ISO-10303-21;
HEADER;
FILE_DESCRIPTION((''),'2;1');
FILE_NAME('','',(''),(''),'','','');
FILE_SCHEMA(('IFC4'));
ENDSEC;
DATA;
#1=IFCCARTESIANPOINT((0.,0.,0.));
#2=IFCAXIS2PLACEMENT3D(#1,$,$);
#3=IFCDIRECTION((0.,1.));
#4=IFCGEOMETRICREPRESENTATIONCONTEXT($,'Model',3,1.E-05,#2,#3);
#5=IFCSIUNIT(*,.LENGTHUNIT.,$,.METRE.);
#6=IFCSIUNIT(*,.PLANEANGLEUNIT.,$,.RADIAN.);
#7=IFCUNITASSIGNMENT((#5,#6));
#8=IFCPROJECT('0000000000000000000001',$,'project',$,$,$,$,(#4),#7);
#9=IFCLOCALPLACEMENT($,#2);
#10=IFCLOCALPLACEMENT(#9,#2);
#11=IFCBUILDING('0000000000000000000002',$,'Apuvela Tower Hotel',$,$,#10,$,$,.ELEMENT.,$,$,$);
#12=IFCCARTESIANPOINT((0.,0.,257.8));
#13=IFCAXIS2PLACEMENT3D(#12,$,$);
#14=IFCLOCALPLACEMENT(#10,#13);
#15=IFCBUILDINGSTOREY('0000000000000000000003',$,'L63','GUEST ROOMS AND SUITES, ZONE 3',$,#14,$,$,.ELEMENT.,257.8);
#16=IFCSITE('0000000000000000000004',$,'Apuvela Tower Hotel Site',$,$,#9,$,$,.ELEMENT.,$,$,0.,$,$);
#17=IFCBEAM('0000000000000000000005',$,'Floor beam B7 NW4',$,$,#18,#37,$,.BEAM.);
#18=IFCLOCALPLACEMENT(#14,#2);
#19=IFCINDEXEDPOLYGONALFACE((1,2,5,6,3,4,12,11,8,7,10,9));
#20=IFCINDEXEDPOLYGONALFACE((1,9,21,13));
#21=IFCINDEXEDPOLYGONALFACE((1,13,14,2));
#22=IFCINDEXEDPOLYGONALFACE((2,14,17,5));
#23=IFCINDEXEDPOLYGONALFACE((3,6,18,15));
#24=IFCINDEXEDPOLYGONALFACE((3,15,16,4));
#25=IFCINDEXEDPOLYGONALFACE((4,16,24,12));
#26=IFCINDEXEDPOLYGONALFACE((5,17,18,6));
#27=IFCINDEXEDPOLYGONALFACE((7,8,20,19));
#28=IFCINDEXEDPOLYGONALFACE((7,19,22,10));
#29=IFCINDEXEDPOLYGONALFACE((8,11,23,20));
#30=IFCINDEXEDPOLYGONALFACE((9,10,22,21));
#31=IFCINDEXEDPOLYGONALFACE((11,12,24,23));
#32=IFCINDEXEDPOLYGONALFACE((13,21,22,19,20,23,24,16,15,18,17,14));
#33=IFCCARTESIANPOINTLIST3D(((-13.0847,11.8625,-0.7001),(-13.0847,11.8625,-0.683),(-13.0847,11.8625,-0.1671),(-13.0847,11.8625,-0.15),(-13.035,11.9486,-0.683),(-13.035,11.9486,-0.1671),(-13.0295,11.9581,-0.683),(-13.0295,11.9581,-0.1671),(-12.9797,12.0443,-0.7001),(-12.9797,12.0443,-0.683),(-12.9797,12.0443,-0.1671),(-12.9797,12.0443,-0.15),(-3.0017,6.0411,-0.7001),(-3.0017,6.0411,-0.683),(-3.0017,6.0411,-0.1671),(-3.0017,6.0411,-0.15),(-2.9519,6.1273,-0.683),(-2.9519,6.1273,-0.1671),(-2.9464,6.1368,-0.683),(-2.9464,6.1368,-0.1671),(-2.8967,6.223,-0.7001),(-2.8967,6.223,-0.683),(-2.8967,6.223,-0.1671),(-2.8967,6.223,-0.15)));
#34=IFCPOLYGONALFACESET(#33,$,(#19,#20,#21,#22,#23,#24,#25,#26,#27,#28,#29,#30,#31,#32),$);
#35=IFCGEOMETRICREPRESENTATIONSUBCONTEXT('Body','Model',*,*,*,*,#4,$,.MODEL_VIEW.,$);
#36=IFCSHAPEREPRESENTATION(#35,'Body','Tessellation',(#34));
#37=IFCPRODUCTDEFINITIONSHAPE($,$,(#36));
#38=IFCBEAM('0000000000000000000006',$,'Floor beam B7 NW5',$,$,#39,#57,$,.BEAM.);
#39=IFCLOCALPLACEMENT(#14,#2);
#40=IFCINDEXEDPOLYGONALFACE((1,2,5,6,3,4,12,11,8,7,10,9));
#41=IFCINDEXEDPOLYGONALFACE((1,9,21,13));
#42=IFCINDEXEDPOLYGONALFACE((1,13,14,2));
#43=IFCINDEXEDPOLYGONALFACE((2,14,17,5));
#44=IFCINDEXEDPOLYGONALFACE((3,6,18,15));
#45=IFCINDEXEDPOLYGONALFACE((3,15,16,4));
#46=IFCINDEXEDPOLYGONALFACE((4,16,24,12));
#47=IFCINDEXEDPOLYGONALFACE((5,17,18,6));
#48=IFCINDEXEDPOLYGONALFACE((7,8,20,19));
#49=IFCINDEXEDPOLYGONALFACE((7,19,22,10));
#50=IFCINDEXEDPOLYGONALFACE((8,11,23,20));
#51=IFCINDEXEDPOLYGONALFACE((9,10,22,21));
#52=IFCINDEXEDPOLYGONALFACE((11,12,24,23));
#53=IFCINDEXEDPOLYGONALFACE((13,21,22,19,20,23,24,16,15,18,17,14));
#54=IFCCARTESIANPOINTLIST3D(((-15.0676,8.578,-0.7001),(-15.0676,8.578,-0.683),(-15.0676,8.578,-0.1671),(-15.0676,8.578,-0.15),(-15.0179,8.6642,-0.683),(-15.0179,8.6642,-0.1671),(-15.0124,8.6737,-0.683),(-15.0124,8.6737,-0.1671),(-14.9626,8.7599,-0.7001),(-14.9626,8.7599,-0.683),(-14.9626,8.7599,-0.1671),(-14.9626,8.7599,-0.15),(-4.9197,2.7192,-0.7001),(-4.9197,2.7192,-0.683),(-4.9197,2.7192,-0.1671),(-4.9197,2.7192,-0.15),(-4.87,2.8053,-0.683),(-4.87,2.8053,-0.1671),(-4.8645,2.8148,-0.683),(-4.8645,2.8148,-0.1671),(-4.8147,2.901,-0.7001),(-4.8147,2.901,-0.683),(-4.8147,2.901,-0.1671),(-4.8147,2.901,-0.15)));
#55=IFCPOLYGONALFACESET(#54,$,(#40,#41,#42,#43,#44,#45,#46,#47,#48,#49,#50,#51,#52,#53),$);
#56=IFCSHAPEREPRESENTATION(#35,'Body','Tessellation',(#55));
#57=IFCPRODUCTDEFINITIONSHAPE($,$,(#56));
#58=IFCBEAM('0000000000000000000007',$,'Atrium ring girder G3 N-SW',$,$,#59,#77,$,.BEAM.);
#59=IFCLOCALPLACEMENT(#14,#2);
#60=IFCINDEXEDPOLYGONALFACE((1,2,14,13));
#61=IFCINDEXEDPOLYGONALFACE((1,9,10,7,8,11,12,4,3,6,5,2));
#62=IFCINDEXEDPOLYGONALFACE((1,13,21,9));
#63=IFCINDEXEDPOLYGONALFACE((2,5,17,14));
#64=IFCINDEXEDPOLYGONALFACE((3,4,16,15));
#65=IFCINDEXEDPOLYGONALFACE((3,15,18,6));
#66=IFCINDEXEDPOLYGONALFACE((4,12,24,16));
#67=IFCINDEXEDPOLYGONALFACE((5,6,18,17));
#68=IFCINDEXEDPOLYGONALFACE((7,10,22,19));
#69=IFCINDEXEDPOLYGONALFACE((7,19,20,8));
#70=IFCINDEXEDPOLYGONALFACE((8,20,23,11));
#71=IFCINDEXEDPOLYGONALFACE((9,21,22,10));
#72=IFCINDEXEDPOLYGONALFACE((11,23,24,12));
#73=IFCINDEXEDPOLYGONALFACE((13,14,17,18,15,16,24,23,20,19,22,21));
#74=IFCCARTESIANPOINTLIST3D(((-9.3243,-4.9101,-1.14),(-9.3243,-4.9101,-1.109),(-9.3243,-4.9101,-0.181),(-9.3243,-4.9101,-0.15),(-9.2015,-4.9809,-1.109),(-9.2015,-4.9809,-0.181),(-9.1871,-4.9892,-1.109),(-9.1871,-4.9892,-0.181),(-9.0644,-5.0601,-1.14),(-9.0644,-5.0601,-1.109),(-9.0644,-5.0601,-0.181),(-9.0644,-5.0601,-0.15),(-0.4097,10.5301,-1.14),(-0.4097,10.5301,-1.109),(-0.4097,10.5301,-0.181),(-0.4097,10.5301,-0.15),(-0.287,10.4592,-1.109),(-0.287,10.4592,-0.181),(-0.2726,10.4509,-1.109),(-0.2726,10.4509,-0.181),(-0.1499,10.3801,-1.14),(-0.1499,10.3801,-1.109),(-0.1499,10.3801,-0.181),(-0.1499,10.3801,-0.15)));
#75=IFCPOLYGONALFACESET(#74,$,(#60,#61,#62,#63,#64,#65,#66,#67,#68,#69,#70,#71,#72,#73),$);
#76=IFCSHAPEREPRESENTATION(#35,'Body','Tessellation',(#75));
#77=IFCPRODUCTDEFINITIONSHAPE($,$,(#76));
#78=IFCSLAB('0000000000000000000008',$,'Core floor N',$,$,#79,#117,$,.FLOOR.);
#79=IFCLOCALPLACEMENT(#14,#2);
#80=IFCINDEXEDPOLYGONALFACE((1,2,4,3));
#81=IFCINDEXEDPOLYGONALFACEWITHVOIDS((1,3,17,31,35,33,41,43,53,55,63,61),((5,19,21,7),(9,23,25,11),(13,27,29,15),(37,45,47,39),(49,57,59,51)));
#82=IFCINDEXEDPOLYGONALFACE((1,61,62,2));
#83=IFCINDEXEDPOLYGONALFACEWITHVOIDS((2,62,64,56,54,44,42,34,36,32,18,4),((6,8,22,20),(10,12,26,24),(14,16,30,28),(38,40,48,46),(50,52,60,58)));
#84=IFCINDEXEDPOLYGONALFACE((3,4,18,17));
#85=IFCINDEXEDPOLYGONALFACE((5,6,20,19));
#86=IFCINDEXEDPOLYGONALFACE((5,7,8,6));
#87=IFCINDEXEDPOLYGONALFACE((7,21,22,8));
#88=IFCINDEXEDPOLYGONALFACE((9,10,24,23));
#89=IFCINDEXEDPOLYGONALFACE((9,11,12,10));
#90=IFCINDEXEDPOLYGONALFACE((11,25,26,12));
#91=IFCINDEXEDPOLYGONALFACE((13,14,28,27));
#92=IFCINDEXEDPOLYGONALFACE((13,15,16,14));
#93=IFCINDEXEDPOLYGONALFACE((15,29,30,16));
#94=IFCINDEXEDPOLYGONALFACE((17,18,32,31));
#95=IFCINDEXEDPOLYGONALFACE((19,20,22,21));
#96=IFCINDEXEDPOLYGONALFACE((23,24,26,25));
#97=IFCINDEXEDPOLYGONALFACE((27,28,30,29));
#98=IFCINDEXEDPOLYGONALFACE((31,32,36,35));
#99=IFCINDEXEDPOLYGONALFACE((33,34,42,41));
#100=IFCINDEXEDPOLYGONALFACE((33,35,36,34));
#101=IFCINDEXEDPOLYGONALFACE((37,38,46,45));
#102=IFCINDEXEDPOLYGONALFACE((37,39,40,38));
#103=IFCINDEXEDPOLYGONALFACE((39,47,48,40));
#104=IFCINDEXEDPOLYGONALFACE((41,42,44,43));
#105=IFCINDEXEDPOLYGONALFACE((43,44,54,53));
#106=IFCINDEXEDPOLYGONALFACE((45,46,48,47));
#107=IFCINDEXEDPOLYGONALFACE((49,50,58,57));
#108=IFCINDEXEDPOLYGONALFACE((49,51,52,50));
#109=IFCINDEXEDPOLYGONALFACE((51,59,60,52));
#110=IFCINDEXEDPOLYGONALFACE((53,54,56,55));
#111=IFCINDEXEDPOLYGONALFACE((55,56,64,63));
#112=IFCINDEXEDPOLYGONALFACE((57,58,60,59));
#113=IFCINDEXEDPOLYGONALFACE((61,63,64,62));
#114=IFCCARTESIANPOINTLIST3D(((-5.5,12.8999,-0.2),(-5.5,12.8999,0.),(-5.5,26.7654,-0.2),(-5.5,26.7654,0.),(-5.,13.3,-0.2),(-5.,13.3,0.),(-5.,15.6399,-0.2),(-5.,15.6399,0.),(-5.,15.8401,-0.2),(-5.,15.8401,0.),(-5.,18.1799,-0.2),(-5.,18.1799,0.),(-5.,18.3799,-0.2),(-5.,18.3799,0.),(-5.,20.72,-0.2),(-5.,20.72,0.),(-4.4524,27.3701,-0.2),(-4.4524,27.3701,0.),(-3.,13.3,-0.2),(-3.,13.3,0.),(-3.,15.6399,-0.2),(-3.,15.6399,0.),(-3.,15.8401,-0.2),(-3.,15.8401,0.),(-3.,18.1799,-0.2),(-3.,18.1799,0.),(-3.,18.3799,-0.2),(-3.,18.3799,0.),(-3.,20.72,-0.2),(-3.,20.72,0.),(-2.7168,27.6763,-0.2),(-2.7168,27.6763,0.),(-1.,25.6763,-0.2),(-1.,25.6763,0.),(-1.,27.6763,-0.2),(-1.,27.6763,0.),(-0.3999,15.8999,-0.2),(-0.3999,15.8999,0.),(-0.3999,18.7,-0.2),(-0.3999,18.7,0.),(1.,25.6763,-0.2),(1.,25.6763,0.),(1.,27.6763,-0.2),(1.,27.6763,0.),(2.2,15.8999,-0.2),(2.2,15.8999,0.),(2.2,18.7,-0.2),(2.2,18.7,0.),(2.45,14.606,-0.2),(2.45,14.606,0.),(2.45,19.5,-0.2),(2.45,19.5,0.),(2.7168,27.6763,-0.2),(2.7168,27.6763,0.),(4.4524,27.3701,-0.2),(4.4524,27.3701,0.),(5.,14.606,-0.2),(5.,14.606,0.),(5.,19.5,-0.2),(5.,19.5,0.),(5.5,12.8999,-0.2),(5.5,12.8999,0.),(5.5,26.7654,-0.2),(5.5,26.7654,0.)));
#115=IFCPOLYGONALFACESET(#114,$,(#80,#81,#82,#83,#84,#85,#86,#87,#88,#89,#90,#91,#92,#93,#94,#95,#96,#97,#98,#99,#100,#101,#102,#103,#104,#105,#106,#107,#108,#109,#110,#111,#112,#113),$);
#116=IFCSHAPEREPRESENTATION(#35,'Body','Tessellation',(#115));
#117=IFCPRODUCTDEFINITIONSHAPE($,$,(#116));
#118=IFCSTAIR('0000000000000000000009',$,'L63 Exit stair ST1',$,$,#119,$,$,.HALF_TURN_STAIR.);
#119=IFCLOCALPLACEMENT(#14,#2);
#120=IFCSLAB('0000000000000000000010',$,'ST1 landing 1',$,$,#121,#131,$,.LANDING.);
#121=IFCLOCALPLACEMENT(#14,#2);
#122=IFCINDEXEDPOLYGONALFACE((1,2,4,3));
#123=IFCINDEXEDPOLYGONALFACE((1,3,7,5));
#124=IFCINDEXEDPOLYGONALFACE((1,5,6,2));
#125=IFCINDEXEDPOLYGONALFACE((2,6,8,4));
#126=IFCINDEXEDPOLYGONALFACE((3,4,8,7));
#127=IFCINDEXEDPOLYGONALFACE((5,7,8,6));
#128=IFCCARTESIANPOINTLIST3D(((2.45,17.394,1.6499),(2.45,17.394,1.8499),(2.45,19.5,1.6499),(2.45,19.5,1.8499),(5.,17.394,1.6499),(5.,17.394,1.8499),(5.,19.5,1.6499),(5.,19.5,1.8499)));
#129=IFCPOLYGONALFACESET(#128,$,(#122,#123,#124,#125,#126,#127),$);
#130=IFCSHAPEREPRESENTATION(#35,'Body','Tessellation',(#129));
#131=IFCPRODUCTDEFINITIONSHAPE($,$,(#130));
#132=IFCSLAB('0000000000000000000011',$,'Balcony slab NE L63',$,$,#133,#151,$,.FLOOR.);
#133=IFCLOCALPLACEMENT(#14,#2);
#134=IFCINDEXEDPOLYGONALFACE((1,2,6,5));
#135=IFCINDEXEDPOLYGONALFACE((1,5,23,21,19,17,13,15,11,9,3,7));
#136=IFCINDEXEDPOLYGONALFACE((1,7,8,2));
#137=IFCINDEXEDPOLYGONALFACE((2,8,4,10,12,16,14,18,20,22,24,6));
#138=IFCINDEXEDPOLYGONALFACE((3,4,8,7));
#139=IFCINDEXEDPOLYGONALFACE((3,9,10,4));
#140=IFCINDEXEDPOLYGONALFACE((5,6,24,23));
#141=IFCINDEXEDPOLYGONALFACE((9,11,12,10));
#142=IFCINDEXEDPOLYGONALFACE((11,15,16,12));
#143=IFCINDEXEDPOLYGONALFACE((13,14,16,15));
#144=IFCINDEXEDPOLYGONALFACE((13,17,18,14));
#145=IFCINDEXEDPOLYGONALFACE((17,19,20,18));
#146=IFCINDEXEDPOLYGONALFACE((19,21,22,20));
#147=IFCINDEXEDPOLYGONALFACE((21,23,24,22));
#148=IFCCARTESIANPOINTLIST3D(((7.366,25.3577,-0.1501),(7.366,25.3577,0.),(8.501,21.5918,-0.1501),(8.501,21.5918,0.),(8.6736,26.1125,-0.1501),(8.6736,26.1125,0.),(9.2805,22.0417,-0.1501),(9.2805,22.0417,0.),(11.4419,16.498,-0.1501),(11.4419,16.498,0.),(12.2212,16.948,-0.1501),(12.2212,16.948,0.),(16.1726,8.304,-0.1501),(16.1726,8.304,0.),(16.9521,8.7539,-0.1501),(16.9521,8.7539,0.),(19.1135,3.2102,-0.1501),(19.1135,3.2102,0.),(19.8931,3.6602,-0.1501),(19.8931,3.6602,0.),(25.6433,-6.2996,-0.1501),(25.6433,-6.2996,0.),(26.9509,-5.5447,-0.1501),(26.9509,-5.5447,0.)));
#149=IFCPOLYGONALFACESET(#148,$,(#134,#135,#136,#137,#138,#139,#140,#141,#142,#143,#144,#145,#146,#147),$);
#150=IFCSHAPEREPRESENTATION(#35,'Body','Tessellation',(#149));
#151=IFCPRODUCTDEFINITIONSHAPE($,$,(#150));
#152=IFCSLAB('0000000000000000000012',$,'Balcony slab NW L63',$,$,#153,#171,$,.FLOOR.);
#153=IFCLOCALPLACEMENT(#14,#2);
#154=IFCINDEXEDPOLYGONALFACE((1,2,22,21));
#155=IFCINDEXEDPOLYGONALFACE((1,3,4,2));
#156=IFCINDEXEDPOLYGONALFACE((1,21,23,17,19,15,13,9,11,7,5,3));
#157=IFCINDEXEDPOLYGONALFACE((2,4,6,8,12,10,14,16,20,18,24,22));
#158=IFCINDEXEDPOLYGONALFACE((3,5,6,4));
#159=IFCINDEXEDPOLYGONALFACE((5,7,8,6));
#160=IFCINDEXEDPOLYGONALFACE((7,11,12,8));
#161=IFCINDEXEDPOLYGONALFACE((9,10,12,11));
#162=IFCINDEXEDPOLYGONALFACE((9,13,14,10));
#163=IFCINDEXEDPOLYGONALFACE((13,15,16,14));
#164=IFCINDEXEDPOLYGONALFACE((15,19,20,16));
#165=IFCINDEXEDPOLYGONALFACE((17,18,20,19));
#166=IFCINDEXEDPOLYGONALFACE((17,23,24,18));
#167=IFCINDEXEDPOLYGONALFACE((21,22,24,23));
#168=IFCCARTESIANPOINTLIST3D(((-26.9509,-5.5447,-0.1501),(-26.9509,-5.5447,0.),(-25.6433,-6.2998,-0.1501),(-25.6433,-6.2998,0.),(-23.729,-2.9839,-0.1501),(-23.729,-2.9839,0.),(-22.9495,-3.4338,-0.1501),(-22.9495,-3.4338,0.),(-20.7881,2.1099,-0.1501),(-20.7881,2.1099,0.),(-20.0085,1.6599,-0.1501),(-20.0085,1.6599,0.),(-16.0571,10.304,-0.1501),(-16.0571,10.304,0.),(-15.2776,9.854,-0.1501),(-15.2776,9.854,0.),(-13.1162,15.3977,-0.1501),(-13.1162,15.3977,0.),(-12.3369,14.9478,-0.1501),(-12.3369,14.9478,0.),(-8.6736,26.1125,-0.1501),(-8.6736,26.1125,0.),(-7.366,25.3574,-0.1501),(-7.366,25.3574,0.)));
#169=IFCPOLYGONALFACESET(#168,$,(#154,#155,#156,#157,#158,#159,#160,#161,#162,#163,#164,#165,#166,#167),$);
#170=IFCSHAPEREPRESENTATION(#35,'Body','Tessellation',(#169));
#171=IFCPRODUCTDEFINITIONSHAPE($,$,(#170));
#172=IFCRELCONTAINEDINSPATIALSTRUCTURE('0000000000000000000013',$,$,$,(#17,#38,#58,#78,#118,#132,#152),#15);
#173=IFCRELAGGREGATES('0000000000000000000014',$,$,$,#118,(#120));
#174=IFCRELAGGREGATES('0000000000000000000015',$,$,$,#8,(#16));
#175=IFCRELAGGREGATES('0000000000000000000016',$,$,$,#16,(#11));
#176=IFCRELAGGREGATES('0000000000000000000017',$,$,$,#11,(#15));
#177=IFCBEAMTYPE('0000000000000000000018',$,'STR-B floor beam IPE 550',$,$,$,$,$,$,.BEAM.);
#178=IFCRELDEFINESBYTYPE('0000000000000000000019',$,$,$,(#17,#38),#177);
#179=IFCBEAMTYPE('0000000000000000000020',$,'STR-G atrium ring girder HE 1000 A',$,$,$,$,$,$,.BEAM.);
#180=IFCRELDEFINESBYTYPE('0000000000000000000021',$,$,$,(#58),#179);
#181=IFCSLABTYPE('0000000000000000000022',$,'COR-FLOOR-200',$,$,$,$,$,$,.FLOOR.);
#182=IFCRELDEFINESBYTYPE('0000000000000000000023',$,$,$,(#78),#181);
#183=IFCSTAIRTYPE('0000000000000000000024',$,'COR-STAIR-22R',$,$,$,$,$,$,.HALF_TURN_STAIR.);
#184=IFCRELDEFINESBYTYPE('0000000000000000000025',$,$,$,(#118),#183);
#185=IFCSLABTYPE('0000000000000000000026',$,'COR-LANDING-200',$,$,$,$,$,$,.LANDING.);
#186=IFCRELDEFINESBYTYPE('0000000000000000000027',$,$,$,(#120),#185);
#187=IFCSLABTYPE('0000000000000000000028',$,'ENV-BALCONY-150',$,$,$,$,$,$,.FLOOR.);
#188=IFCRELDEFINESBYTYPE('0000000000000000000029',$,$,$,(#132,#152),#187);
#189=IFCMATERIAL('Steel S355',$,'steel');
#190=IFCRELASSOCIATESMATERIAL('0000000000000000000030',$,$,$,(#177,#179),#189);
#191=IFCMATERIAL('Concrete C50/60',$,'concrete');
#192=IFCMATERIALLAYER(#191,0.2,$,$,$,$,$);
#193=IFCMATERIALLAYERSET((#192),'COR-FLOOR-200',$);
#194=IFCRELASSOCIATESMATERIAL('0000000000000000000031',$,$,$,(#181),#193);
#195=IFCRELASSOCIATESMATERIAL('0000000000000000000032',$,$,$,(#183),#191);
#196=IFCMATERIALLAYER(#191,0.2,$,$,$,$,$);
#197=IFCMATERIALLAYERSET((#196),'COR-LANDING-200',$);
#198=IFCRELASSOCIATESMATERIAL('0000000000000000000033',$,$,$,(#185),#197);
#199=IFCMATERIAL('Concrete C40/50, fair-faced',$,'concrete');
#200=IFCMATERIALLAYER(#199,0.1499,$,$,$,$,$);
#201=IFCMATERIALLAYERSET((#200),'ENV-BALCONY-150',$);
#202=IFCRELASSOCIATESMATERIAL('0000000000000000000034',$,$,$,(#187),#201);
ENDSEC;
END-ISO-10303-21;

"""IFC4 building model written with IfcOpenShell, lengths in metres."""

from ifc_helpers import new_model, si_unit, direction, frame, origin, origin_2d, place, context, subcontext, project, spatial, polyline, i_section, outline, extrude, material, layer, layer_set, material_profile, profile_set, type_object, element, aggregate, save


model = new_model("IFC4")

# Units and contexts
model_context = context("Model", 3, precision=1e-05, world=origin(), true_north=direction((0.0, 1.0)))
body_context = subcontext(model_context, "Body", "Model", "MODEL_VIEW")
ifc_project = project(units=[si_unit("LENGTHUNIT", "METRE"), si_unit("PLANEANGLEUNIT", "RADIAN")], contexts=[model_context])

# Site, building, storey
site_placement = place(None, origin())
site = spatial("IfcSite", under=ifc_project, at=site_placement, Name="Apuvela Tower Hotel Site", CompositionType="ELEMENT", RefElevation=0.0)
building_placement = place(site_placement, origin())
building = spatial("IfcBuilding", under=site, at=building_placement, Name="Apuvela Tower Hotel", CompositionType="ELEMENT")
storey_placement = place(building_placement, frame((0.0, 0.0, 257.8)))
storey = spatial("IfcBuildingStorey", under=building, at=storey_placement, Name="L63", Description="GUEST ROOMS AND SUITES, ZONE 3", CompositionType="ELEMENT", Elevation=257.8)

# Beams
ifc_material_1 = material(Name="Steel S355", Category="steel")
ifc_material_profile_1 = material_profile(ifc_material_1, i_section(OverallWidth=0.21, OverallDepth=0.55, WebThickness=0.011, FlangeThickness=0.0171, at=origin_2d()), Name="IPE 550")
ifc_profile_set_1 = profile_set([ifc_material_profile_1], Name="Steel S355")
beam_type_1 = type_object("IfcBeamType", Name="STR-B floor beam IPE 550", PredefinedType="BEAM", material=ifc_profile_set_1)
beam_1_placement = place(storey_placement, frame((-13.0322, 11.9534, -0.425), z_axis=(0.866031, -0.499991, 0.0), x_axis=(0.499991, 0.866031, 0.0)))
element("IfcBeam", 1, at=beam_1_placement, inside=storey, type_object=beam_type_1, Name="Floor beam B7 NW4", PredefinedType="BEAM", context=body_context, shape_type="SweptSolid", body=[
    extrude(i_section(OverallWidth=0.21, OverallDepth=0.55, WebThickness=0.011, FlangeThickness=0.0171, at=origin_2d()), origin(), (0.0, 0.0, 1.0), 11.6428),
])
beam_2_placement = place(storey_placement, frame((-15.0151, 8.6689, -0.425), z_axis=(0.866027, -0.499998, 0.0), x_axis=(0.499998, 0.866027, 0.0)))
element("IfcBeam", 2, at=beam_2_placement, inside=storey, type_object=beam_type_1, Name="Floor beam B7 NW5", PredefinedType="BEAM", context=body_context, shape_type="SweptSolid", body=[
    extrude(i_section(OverallWidth=0.21, OverallDepth=0.55, WebThickness=0.011, FlangeThickness=0.0171, at=origin_2d()), origin(), (0.0, 0.0, 1.0), 11.7178),
])
ifc_material_profile_2 = material_profile(ifc_material_1, i_section(OverallWidth=0.3, OverallDepth=0.99, WebThickness=0.0166, FlangeThickness=0.031, at=origin_2d()), Name="HE 1000 A")
ifc_profile_set_2 = profile_set([ifc_material_profile_2], Name="Steel S355")
beam_type_2 = type_object("IfcBeamType", Name="STR-G atrium ring girder HE 1000 A", PredefinedType="BEAM", material=ifc_profile_set_2)
beam_3_placement = place(storey_placement, frame((-0.2798, 10.4551, -0.645), z_axis=(-0.500007, -0.866022, 0.0), x_axis=(0.866022, -0.500007, 0.0)))
element("IfcBeam", 3, at=beam_3_placement, inside=storey, type_object=beam_type_2, Name="Atrium ring girder G3 N-SW", PredefinedType="BEAM", context=body_context, shape_type="SweptSolid", body=[
    extrude(i_section(OverallWidth=0.3, OverallDepth=0.99, WebThickness=0.0166, FlangeThickness=0.031, at=origin_2d()), origin(), (0.0, 0.0, 1.0), 17.8289),
])

# Slab
ifc_material_2 = material(Name="Concrete C50/60", Category="concrete")
ifc_layer_1 = layer(ifc_material_2, 0.2)
ifc_layer_set_1 = layer_set([ifc_layer_1], Name="COR-FLOOR-200")
slab_type_1 = type_object("IfcSlabType", Name="COR-FLOOR-200", PredefinedType="FLOOR", material=ifc_layer_set_1)
slab_1_placement = place(storey_placement, frame((0.0, 0.0, -0.2)))
element("IfcSlab", 4, at=slab_1_placement, inside=storey, type_object=slab_type_1, Name="Core floor N", PredefinedType="FLOOR", context=body_context, shape_type="SweptSolid", body=[
    extrude(outline(polyline([(5.5, 26.7654), (4.4524, 27.3701), (2.7168, 27.6763), (1.0, 27.6763), (1.0, 25.6763), (-1.0, 25.6763), (-1.0, 27.6763), (-2.7168, 27.6763), (-4.4524, 27.3701), (-5.5, 26.7654), (-5.5, 12.8999), (5.5, 12.8999), (5.5, 26.7654)]), holes=[polyline([(-3.0, 13.3), (-5.0, 13.3), (-5.0, 15.6399), (-3.0, 15.6399), (-3.0, 13.3)]), polyline([(-3.0, 15.8401), (-5.0, 15.8401), (-5.0, 18.1799), (-3.0, 18.1799), (-3.0, 15.8401)]), polyline([(5.0, 14.606), (2.45, 14.606), (2.45, 19.5), (5.0, 19.5), (5.0, 14.606)]), polyline([(2.2, 18.7), (2.2, 15.8999), (-0.3999, 15.8999), (-0.3999, 18.7), (2.2, 18.7)]), polyline([(-3.0, 20.72), (-3.0, 18.3799), (-5.0, 18.3799), (-5.0, 20.72), (-3.0, 20.72)])]), origin(), (0.0, 0.0, 1.0), 0.2),
])

# Stair, slab
stair_type = type_object("IfcStairType", Name="COR-STAIR-22R", PredefinedType="HALF_TURN_STAIR", material=ifc_material_2)
stair_placement = place(storey_placement, origin())
stair = element("IfcStair", 5, at=stair_placement, inside=storey, type_object=stair_type, Name="L63 Exit stair ST1", PredefinedType="HALF_TURN_STAIR")
ifc_layer_2 = layer(ifc_material_2, 0.2)
ifc_layer_set_2 = layer_set([ifc_layer_2], Name="COR-LANDING-200")
slab_type_2 = type_object("IfcSlabType", Name="COR-LANDING-200", PredefinedType="LANDING", material=ifc_layer_set_2)
slab_2_placement = place(storey_placement, frame((0.0, 0.0, 1.6499)))
slab_2 = element("IfcSlab", 6, at=slab_2_placement, type_object=slab_type_2, Name="ST1 landing 1", PredefinedType="LANDING", context=body_context, shape_type="SweptSolid", body=[
    extrude(outline(polyline([(5.0, 17.394), (5.0, 19.5), (2.45, 19.5), (2.45, 17.394), (5.0, 17.394)])), origin(), (0.0, 0.0, 1.0), 0.2),
])
aggregate(stair, [slab_2])

# Slabs
ifc_material_3 = material(Name="Concrete C40/50, fair-faced", Category="concrete")
ifc_layer_3 = layer(ifc_material_3, 0.1499)
ifc_layer_set_3 = layer_set([ifc_layer_3], Name="ENV-BALCONY-150")
slab_type_3 = type_object("IfcSlabType", Name="ENV-BALCONY-150", PredefinedType="FLOOR", material=ifc_layer_set_3)
slab_3_placement = place(storey_placement, frame((0.0, 0.0, -0.1501)))
element("IfcSlab", 7, at=slab_3_placement, inside=storey, type_object=slab_type_3, Name="Balcony slab NE L63", PredefinedType="FLOOR", context=body_context, shape_type="SweptSolid", body=[
    extrude(outline(polyline([(16.9521, 8.7539), (12.2212, 16.948), (11.4419, 16.498), (8.501, 21.5918), (9.2805, 22.0417), (7.366, 25.3577), (8.6736, 26.1125), (26.9509, -5.5447), (25.6433, -6.2996), (19.8931, 3.6602), (19.1135, 3.2102), (16.1726, 8.304), (16.9521, 8.7539)])), origin(), (0.0, 0.0, 1.0), 0.1501),
])
slab_4_placement = place(storey_placement, frame((0.0, 0.0, -0.1501)))
element("IfcSlab", 8, at=slab_4_placement, inside=storey, type_object=slab_type_3, Name="Balcony slab NW L63", PredefinedType="FLOOR", context=body_context, shape_type="SweptSolid", body=[
    extrude(outline(polyline([(-26.9509, -5.5447), (-8.6736, 26.1125), (-7.366, 25.3574), (-13.1162, 15.3977), (-12.3369, 14.9478), (-15.2776, 9.854), (-16.0571, 10.304), (-20.7881, 2.1099), (-20.0085, 1.6599), (-22.9495, -3.4338), (-23.729, -2.9839), (-25.6433, -6.2998), (-26.9509, -5.5447)])), origin(), (0.0, 0.0, 1.0), 0.1501),
])

save(model, "model.ifc")
